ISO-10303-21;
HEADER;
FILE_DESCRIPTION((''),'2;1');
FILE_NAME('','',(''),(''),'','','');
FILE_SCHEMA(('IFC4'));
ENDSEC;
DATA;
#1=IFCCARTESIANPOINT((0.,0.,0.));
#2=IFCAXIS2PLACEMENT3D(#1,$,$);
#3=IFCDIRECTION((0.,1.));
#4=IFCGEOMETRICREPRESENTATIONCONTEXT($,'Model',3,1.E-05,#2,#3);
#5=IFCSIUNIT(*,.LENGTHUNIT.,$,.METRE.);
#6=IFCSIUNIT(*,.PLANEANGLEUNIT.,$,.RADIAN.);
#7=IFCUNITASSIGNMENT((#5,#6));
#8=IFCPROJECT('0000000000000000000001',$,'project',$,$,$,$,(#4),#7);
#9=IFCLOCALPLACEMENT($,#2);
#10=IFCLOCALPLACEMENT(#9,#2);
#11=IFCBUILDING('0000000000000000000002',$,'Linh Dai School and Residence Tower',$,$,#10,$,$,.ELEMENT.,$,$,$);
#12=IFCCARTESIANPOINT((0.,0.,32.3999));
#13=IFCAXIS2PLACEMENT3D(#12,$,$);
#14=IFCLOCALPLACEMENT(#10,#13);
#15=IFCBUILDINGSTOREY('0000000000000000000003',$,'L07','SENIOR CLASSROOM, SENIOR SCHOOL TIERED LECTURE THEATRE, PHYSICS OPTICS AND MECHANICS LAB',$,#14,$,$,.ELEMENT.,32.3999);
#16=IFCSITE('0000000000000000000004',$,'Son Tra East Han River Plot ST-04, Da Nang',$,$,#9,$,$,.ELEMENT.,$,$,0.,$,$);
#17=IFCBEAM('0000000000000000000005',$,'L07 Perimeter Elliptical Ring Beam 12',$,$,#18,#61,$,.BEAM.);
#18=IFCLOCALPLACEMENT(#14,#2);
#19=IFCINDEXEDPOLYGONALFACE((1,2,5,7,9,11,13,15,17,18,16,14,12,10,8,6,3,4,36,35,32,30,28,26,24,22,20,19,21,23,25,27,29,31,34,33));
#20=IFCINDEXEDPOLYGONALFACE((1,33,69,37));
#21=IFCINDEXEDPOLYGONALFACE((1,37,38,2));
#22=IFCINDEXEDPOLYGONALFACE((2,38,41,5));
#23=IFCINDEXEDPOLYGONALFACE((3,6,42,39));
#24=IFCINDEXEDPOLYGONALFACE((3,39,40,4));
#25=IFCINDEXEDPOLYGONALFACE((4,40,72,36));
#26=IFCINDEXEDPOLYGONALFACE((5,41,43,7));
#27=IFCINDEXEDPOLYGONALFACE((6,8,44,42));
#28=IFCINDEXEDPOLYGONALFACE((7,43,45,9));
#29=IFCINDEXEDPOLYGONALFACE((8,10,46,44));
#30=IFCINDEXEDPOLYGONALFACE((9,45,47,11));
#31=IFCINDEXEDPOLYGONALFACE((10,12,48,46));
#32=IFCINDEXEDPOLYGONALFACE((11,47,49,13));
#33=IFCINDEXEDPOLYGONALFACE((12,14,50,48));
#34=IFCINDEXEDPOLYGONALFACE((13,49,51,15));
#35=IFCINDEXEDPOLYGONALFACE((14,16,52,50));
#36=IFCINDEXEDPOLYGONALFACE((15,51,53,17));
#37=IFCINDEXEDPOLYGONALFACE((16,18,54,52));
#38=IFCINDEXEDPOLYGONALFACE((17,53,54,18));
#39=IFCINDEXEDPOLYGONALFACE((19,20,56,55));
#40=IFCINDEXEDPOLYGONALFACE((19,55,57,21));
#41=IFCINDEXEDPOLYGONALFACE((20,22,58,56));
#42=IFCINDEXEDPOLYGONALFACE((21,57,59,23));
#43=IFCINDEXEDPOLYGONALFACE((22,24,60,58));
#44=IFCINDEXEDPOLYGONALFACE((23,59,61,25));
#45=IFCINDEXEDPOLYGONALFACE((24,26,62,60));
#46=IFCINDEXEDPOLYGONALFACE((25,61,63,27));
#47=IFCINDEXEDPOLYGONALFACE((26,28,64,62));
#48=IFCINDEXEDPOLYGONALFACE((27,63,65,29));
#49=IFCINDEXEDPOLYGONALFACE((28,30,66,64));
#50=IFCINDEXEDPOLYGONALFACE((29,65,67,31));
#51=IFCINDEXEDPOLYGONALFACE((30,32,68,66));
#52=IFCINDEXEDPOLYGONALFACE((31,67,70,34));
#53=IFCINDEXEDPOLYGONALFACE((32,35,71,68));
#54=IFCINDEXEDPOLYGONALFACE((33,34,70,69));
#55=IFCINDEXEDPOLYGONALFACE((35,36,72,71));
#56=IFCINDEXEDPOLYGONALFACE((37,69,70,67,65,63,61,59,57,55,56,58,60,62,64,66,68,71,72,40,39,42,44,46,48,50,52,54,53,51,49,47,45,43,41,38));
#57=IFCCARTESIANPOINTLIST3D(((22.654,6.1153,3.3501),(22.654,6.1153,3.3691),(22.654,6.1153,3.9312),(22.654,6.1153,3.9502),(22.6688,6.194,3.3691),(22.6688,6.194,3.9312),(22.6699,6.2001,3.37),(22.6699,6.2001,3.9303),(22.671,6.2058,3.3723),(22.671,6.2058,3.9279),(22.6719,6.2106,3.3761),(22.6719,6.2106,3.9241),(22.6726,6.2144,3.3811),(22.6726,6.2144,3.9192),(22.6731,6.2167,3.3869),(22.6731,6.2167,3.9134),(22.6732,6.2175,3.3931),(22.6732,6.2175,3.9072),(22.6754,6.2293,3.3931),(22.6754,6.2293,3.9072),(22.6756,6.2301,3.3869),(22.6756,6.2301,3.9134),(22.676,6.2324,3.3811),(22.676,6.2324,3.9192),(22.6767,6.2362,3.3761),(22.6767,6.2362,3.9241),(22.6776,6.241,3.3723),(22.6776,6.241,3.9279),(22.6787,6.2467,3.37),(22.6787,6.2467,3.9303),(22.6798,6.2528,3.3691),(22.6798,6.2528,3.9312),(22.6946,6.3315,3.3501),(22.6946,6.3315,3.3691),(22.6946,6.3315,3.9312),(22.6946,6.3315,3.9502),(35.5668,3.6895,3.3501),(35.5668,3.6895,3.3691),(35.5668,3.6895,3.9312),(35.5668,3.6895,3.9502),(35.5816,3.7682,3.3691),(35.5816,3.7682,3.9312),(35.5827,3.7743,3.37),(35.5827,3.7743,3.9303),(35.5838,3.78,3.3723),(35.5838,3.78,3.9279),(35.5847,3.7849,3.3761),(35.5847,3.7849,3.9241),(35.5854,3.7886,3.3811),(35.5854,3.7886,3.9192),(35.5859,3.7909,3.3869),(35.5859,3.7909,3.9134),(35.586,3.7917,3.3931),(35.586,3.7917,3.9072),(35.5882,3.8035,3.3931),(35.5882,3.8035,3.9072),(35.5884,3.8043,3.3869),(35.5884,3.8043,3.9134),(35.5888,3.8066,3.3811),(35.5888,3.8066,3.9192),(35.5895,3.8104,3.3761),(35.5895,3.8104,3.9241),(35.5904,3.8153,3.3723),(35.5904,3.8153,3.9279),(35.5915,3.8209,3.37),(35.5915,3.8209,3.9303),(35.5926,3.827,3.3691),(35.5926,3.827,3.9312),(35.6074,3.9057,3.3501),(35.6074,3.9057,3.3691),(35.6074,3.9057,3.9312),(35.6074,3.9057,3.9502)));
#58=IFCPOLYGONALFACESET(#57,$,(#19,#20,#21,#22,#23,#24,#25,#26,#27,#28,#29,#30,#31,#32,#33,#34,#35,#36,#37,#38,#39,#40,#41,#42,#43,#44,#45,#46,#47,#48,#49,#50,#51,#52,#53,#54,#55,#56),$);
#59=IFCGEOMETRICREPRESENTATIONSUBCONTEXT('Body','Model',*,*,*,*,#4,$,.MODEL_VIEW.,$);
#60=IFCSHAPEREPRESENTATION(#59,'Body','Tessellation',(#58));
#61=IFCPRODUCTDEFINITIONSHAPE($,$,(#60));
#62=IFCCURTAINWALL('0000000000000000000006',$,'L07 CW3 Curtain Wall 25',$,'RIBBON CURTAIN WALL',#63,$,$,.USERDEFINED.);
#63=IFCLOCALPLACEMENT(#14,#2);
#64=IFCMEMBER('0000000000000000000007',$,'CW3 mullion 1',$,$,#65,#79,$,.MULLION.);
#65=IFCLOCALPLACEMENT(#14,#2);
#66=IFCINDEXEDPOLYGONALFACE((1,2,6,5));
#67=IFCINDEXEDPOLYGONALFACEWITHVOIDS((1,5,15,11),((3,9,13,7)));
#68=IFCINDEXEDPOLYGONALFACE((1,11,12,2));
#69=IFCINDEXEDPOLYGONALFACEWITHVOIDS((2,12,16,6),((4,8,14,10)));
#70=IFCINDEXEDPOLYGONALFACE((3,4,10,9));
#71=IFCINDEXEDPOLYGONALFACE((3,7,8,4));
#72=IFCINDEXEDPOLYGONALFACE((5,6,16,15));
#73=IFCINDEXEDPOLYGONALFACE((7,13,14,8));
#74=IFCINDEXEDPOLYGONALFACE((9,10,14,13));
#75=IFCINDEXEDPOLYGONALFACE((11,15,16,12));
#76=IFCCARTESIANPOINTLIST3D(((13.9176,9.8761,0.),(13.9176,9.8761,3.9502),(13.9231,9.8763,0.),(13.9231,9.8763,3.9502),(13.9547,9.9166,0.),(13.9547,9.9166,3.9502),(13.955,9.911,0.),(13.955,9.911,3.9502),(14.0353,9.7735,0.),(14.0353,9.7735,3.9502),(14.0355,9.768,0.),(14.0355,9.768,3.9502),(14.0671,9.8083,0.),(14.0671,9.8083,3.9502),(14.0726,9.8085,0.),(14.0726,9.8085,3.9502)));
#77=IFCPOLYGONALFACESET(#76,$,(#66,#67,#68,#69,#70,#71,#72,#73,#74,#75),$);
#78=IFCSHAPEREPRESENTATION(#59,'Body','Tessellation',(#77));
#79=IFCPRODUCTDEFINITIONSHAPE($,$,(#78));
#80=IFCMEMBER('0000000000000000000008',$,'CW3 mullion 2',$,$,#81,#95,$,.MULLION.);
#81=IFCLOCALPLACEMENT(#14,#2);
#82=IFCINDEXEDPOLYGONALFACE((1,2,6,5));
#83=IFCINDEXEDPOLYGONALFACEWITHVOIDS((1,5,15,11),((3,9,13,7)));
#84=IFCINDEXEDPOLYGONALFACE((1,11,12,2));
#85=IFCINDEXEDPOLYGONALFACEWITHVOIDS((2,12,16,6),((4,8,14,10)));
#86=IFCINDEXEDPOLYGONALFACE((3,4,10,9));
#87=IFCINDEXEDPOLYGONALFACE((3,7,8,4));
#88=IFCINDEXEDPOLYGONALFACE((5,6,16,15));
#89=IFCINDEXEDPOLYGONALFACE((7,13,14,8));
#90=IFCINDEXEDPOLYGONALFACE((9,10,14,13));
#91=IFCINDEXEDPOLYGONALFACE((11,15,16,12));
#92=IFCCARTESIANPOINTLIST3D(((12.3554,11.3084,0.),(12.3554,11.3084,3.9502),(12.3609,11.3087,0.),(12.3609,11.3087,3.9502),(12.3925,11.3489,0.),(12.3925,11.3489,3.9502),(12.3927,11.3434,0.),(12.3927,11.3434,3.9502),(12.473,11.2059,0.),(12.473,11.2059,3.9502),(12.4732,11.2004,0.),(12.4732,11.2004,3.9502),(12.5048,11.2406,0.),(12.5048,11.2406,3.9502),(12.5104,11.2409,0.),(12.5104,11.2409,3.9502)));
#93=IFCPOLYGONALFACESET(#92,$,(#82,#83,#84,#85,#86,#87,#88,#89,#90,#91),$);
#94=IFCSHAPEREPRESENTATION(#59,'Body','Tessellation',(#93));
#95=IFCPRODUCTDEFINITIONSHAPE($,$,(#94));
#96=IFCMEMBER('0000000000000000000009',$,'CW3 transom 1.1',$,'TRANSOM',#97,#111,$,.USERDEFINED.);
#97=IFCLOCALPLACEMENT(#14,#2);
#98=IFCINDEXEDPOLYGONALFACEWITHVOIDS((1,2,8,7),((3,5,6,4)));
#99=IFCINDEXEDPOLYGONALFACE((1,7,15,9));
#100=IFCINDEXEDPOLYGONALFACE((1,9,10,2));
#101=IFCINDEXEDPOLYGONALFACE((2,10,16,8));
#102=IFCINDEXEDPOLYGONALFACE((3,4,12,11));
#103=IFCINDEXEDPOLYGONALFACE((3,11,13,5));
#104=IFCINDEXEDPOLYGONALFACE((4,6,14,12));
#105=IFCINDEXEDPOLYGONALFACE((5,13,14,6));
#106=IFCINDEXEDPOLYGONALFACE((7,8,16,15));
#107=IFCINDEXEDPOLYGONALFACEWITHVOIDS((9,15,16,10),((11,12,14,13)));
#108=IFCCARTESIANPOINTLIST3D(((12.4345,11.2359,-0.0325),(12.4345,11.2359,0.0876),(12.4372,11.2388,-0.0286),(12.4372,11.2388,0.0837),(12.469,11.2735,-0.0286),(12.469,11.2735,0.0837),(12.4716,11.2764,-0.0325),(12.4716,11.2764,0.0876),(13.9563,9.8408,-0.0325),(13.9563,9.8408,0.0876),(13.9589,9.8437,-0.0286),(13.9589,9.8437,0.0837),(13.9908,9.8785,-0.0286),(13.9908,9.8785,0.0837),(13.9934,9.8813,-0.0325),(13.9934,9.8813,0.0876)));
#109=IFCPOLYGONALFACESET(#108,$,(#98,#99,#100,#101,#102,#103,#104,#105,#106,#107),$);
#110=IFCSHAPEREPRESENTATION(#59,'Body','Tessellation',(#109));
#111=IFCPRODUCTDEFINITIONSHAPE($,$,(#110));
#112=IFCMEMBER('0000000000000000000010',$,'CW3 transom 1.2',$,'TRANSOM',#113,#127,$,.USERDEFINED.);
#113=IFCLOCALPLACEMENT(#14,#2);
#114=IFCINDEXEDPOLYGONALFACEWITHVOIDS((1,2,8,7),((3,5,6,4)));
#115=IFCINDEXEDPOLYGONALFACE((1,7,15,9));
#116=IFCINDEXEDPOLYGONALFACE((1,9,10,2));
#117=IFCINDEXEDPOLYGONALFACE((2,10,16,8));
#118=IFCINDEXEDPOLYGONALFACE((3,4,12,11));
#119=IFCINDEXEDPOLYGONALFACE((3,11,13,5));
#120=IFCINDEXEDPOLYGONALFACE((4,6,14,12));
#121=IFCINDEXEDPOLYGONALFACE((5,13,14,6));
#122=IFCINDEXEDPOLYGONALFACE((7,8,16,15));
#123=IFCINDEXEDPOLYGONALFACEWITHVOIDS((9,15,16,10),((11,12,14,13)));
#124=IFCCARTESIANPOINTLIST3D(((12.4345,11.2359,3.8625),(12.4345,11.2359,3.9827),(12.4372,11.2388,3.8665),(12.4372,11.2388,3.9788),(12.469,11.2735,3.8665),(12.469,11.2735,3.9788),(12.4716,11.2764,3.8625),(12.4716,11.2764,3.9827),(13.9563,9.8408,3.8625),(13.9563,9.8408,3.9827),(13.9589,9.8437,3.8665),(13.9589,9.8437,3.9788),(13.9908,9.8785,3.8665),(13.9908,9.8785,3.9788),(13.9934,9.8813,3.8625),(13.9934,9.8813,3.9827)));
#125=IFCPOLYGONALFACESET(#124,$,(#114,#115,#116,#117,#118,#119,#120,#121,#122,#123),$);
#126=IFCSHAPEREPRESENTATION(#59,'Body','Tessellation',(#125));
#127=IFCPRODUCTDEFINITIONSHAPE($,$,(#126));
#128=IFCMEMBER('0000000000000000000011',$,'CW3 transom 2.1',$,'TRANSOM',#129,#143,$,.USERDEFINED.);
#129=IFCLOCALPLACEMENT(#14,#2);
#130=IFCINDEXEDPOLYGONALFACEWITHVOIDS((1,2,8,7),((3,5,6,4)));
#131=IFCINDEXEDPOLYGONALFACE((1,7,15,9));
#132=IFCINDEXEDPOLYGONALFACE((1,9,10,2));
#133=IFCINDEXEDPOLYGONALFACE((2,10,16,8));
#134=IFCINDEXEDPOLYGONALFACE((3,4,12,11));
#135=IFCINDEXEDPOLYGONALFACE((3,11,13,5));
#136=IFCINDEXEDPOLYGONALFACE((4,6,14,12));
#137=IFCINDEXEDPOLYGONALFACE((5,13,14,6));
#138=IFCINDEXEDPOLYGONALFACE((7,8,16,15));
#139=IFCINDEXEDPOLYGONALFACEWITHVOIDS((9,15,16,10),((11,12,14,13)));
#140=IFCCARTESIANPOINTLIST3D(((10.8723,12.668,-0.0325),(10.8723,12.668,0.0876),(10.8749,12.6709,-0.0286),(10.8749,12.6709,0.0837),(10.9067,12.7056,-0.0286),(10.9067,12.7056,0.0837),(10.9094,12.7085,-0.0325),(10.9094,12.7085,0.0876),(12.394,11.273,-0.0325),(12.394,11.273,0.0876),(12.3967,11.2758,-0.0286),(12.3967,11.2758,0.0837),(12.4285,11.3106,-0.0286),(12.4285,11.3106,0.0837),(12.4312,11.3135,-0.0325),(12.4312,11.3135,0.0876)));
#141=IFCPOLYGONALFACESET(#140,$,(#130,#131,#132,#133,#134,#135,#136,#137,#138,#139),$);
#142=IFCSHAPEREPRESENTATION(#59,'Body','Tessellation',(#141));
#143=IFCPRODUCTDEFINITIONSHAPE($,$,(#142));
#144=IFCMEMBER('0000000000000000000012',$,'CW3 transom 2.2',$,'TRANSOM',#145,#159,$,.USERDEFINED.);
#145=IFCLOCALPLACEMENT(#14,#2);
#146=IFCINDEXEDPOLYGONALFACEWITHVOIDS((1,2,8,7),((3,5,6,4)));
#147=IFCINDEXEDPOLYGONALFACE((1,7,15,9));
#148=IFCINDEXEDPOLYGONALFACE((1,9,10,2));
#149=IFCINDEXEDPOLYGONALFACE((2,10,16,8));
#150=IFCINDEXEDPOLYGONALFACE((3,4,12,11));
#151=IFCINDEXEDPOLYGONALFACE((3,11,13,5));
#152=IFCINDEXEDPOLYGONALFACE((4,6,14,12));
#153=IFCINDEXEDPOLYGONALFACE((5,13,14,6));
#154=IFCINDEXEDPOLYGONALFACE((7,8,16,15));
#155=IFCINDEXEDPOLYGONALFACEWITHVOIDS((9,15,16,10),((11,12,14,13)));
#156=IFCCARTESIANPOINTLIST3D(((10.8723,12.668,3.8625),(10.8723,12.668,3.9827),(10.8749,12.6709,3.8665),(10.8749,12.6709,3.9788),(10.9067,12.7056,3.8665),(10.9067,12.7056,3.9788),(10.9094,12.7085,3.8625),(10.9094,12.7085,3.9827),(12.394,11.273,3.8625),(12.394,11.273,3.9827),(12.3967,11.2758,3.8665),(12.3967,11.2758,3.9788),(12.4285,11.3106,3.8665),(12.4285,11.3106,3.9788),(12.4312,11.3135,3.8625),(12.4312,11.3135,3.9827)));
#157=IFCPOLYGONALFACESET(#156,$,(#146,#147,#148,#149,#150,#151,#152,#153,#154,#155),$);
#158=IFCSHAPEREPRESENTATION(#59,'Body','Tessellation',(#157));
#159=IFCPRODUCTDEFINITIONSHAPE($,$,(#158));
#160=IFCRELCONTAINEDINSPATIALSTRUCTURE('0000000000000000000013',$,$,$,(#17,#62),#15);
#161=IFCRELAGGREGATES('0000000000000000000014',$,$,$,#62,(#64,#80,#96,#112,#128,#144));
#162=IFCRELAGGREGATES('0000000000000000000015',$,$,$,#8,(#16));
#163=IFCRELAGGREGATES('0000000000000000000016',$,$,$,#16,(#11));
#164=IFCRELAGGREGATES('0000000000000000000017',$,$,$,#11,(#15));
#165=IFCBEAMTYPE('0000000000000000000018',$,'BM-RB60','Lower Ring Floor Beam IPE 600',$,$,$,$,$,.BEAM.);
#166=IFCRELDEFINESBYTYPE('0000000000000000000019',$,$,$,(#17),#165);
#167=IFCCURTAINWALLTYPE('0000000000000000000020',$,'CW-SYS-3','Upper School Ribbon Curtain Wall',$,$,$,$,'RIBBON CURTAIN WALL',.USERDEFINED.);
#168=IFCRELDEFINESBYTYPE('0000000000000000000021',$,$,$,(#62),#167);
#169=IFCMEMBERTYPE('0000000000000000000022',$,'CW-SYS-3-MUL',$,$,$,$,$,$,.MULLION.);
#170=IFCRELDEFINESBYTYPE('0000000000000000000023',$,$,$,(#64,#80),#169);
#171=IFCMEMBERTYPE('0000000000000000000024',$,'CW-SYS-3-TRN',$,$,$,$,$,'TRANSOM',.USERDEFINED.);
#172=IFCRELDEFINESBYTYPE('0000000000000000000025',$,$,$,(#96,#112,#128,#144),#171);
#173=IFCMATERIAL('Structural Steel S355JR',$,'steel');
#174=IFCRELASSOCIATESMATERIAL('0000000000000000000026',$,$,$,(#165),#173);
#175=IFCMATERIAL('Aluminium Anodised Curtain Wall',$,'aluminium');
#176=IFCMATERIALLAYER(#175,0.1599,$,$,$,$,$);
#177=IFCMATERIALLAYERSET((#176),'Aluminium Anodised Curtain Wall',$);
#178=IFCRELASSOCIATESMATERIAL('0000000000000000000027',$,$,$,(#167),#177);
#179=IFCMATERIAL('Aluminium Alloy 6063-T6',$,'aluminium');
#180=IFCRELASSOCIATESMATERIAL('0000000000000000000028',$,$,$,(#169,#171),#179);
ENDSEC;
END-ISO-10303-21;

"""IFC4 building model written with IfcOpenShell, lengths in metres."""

from ifc_helpers import new_model, si_unit, direction, frame, origin, origin_2d, place, context, subcontext, project, spatial, hollow_rectangle, i_section, extrude, source, transform, mapped, material, layer, layer_set, material_profile, profile_set, type_object, element, aggregate, save


model = new_model("IFC4")

# Units and contexts
model_context = context("Model", 3, precision=1e-05, world=origin(), true_north=direction((0.0, 1.0)))
body_context = subcontext(model_context, "Body", "Model", "MODEL_VIEW")
ifc_project = project(units=[si_unit("LENGTHUNIT", "METRE"), si_unit("PLANEANGLEUNIT", "RADIAN")], contexts=[model_context])

# Site, building, storey
site_placement = place(None, origin())
site = spatial("IfcSite", under=ifc_project, at=site_placement, Name="Son Tra East Han River Plot ST-04, Da Nang", CompositionType="ELEMENT", RefElevation=0.0)
building_placement = place(site_placement, origin())
building = spatial("IfcBuilding", under=site, at=building_placement, Name="Linh Dai School and Residence Tower", CompositionType="ELEMENT")
storey_placement = place(building_placement, frame((0.0, 0.0, 32.3999)))
storey = spatial("IfcBuildingStorey", under=building, at=storey_placement, Name="L07", Description="SENIOR CLASSROOM, SENIOR SCHOOL TIERED LECTURE THEATRE, PHYSICS OPTICS AND MECHANICS LAB", CompositionType="ELEMENT", Elevation=32.3999)

# Shared definitions
ifc_material_1 = material(Name="Structural Steel S355JR", Category="steel")

# Beam
ifc_material_profile_1 = material_profile(ifc_material_1, i_section(OverallWidth=0.22, OverallDepth=0.6001, WebThickness=0.012, FlangeThickness=0.019, FilletRadius=0.0239, at=origin_2d()), Name="IPE 600")
ifc_profile_set_1 = profile_set([ifc_material_profile_1], Name="Structural Steel S355JR")
beam_type = type_object("IfcBeamType", Name="BM-RB60", Description="Lower Ring Floor Beam IPE 600", PredefinedType="BEAM", material=ifc_profile_set_1)
beam_1_placement = place(storey_placement, frame((22.6743, 6.2234, 3.6501), z_axis=(0.982808, -0.184628, 0.0), x_axis=(0.184628, 0.982808, 0.0)))
element("IfcBeam", 1, at=beam_1_placement, inside=storey, type_object=beam_type, Name="L07 Perimeter Elliptical Ring Beam 12", PredefinedType="BEAM", context=body_context, shape_type="SweptSolid", body=[
    extrude(i_section(OverallWidth=0.22, OverallDepth=0.6001, WebThickness=0.012, FlangeThickness=0.019, FilletRadius=0.0239, at=origin_2d()), origin(), (0.0, 0.0, 1.0), 13.1387),
])

# Curtain wall, members
ifc_material_2 = material(Name="Aluminium Anodised Curtain Wall", Category="aluminium")
ifc_layer_1 = layer(ifc_material_2, 0.1599)
ifc_layer_set_1 = layer_set([ifc_layer_1], Name="Aluminium Anodised Curtain Wall")
curtain_wall_type = type_object("IfcCurtainWallType", Name="CW-SYS-3", Description="Upper School Ribbon Curtain Wall", ElementType="RIBBON CURTAIN WALL", PredefinedType="USERDEFINED", material=ifc_layer_set_1)
curtain_wall_placement = place(storey_placement, origin())
curtain_wall = element("IfcCurtainWall", 2, at=curtain_wall_placement, inside=storey, type_object=curtain_wall_type, Name="L07 CW3 Curtain Wall 25", ObjectType="RIBBON CURTAIN WALL", PredefinedType="USERDEFINED")
ifc_material_3 = material(Name="Aluminium Alloy 6063-T6", Category="aluminium")
ifc_material_profile_2 = material_profile(ifc_material_3, hollow_rectangle(XDim=0.0549, YDim=0.1599, WallThickness=0.0039, at=origin_2d()), Name="RHS 160x55x4")
ifc_profile_set_2 = profile_set([ifc_material_profile_2], Name="Aluminium Alloy 6063-T6")
member_type_1 = type_object("IfcMemberType", Name="CW-SYS-3-MUL", PredefinedType="MULLION", material=ifc_profile_set_2)
shared_shape_1 = source(origin(), body_context, "Body", "SweptSolid", [
    extrude(hollow_rectangle(XDim=0.0549, YDim=0.1599, WallThickness=0.0039, at=origin_2d()), origin(), (0.0, 0.0, 1.0), 3.9502),
])
member_1_placement = place(storey_placement, frame((13.9951, 9.8423, 0.0), z_axis=(0.0, 0.0, 1.0), x_axis=(-0.675769, -0.737113, 0.0)))
member_1 = element("IfcMember", 3, at=member_1_placement, type_object=member_type_1, Name="CW3 mullion 1", PredefinedType="MULLION", context=body_context, shape_type="MappedRepresentation", body=[
    mapped(shared_shape_1, transform((0.0, 0.0, 0.0), x_axis=(1.0, 0.0, 0.0), y_axis=(0.0, 1.0, 0.0), z_axis=(0.0, 0.0, 1.0), scale=1.0)),
])
member_2_placement = place(storey_placement, frame((12.4329, 11.2747, 0.0), z_axis=(0.0, 0.0, 1.0), x_axis=(-0.675769, -0.737113, 0.0)))
member_2 = element("IfcMember", 4, at=member_2_placement, type_object=member_type_1, Name="CW3 mullion 2", PredefinedType="MULLION", context=body_context, shape_type="MappedRepresentation", body=[
    mapped(shared_shape_1, transform((0.0, 0.0, 0.0), x_axis=(1.0, 0.0, 0.0), y_axis=(0.0, 1.0, 0.0), z_axis=(0.0, 0.0, 1.0), scale=1.0)),
])
ifc_material_profile_3 = material_profile(ifc_material_3, hollow_rectangle(XDim=0.0549, YDim=0.1201, WallThickness=0.0039, at=origin_2d()), Name="RHS 120x55x4")
ifc_profile_set_3 = profile_set([ifc_material_profile_3], Name="Aluminium Alloy 6063-T6")
member_type_2 = type_object("IfcMemberType", Name="CW-SYS-3-TRN", ElementType="TRANSOM", PredefinedType="USERDEFINED", material=ifc_profile_set_3)
shared_shape_2 = source(origin(), body_context, "Body", "SweptSolid", [
    extrude(hollow_rectangle(XDim=0.0549, YDim=0.1201, WallThickness=0.0039, at=origin_2d()), origin(), (0.0, 0.0, 1.0), 2.0645),
])
member_3_placement = place(storey_placement, frame((13.9749, 9.8611, 0.0276), z_axis=(-0.73713, 0.675751, 0.0), x_axis=(-0.675751, -0.73713, 0.0)))
member_3 = element("IfcMember", 5, at=member_3_placement, type_object=member_type_2, Name="CW3 transom 1.1", ObjectType="TRANSOM", PredefinedType="USERDEFINED", context=body_context, shape_type="MappedRepresentation", body=[
    mapped(shared_shape_2, transform((0.0, 0.0, 0.0), x_axis=(1.0, 0.0, 0.0), y_axis=(0.0, 1.0, 0.0), z_axis=(0.0, 0.0, 1.0), scale=1.0)),
])
member_4_placement = place(storey_placement, frame((13.9749, 9.8611, 3.9226), z_axis=(-0.73713, 0.675751, 0.0), x_axis=(-0.675751, -0.73713, 0.0)))
member_4 = element("IfcMember", 6, at=member_4_placement, type_object=member_type_2, Name="CW3 transom 1.2", ObjectType="TRANSOM", PredefinedType="USERDEFINED", context=body_context, shape_type="MappedRepresentation", body=[
    mapped(shared_shape_2, transform((0.0, 0.0, 0.0), x_axis=(1.0, 0.0, 0.0), y_axis=(0.0, 1.0, 0.0), z_axis=(0.0, 0.0, 1.0), scale=1.0)),
])
member_5_placement = place(storey_placement, frame((12.4126, 11.2932, 0.0276), z_axis=(-0.73713, 0.675751, 0.0), x_axis=(-0.675751, -0.73713, 0.0)))
member_5 = element("IfcMember", 7, at=member_5_placement, type_object=member_type_2, Name="CW3 transom 2.1", ObjectType="TRANSOM", PredefinedType="USERDEFINED", context=body_context, shape_type="MappedRepresentation", body=[
    mapped(shared_shape_2, transform((0.0, 0.0, 0.0), x_axis=(1.0, 0.0, 0.0), y_axis=(0.0, 1.0, 0.0), z_axis=(0.0, 0.0, 1.0), scale=1.0)),
])
member_6_placement = place(storey_placement, frame((12.4126, 11.2932, 3.9226), z_axis=(-0.73713, 0.675751, 0.0), x_axis=(-0.675751, -0.73713, 0.0)))
member_6 = element("IfcMember", 8, at=member_6_placement, type_object=member_type_2, Name="CW3 transom 2.2", ObjectType="TRANSOM", PredefinedType="USERDEFINED", context=body_context, shape_type="MappedRepresentation", body=[
    mapped(shared_shape_2, transform((0.0, 0.0, 0.0), x_axis=(1.0, 0.0, 0.0), y_axis=(0.0, 1.0, 0.0), z_axis=(0.0, 0.0, 1.0), scale=1.0)),
])

aggregate(curtain_wall, [member_1, member_2, member_3, member_4, member_5, member_6])

save(model, "model.ifc")
